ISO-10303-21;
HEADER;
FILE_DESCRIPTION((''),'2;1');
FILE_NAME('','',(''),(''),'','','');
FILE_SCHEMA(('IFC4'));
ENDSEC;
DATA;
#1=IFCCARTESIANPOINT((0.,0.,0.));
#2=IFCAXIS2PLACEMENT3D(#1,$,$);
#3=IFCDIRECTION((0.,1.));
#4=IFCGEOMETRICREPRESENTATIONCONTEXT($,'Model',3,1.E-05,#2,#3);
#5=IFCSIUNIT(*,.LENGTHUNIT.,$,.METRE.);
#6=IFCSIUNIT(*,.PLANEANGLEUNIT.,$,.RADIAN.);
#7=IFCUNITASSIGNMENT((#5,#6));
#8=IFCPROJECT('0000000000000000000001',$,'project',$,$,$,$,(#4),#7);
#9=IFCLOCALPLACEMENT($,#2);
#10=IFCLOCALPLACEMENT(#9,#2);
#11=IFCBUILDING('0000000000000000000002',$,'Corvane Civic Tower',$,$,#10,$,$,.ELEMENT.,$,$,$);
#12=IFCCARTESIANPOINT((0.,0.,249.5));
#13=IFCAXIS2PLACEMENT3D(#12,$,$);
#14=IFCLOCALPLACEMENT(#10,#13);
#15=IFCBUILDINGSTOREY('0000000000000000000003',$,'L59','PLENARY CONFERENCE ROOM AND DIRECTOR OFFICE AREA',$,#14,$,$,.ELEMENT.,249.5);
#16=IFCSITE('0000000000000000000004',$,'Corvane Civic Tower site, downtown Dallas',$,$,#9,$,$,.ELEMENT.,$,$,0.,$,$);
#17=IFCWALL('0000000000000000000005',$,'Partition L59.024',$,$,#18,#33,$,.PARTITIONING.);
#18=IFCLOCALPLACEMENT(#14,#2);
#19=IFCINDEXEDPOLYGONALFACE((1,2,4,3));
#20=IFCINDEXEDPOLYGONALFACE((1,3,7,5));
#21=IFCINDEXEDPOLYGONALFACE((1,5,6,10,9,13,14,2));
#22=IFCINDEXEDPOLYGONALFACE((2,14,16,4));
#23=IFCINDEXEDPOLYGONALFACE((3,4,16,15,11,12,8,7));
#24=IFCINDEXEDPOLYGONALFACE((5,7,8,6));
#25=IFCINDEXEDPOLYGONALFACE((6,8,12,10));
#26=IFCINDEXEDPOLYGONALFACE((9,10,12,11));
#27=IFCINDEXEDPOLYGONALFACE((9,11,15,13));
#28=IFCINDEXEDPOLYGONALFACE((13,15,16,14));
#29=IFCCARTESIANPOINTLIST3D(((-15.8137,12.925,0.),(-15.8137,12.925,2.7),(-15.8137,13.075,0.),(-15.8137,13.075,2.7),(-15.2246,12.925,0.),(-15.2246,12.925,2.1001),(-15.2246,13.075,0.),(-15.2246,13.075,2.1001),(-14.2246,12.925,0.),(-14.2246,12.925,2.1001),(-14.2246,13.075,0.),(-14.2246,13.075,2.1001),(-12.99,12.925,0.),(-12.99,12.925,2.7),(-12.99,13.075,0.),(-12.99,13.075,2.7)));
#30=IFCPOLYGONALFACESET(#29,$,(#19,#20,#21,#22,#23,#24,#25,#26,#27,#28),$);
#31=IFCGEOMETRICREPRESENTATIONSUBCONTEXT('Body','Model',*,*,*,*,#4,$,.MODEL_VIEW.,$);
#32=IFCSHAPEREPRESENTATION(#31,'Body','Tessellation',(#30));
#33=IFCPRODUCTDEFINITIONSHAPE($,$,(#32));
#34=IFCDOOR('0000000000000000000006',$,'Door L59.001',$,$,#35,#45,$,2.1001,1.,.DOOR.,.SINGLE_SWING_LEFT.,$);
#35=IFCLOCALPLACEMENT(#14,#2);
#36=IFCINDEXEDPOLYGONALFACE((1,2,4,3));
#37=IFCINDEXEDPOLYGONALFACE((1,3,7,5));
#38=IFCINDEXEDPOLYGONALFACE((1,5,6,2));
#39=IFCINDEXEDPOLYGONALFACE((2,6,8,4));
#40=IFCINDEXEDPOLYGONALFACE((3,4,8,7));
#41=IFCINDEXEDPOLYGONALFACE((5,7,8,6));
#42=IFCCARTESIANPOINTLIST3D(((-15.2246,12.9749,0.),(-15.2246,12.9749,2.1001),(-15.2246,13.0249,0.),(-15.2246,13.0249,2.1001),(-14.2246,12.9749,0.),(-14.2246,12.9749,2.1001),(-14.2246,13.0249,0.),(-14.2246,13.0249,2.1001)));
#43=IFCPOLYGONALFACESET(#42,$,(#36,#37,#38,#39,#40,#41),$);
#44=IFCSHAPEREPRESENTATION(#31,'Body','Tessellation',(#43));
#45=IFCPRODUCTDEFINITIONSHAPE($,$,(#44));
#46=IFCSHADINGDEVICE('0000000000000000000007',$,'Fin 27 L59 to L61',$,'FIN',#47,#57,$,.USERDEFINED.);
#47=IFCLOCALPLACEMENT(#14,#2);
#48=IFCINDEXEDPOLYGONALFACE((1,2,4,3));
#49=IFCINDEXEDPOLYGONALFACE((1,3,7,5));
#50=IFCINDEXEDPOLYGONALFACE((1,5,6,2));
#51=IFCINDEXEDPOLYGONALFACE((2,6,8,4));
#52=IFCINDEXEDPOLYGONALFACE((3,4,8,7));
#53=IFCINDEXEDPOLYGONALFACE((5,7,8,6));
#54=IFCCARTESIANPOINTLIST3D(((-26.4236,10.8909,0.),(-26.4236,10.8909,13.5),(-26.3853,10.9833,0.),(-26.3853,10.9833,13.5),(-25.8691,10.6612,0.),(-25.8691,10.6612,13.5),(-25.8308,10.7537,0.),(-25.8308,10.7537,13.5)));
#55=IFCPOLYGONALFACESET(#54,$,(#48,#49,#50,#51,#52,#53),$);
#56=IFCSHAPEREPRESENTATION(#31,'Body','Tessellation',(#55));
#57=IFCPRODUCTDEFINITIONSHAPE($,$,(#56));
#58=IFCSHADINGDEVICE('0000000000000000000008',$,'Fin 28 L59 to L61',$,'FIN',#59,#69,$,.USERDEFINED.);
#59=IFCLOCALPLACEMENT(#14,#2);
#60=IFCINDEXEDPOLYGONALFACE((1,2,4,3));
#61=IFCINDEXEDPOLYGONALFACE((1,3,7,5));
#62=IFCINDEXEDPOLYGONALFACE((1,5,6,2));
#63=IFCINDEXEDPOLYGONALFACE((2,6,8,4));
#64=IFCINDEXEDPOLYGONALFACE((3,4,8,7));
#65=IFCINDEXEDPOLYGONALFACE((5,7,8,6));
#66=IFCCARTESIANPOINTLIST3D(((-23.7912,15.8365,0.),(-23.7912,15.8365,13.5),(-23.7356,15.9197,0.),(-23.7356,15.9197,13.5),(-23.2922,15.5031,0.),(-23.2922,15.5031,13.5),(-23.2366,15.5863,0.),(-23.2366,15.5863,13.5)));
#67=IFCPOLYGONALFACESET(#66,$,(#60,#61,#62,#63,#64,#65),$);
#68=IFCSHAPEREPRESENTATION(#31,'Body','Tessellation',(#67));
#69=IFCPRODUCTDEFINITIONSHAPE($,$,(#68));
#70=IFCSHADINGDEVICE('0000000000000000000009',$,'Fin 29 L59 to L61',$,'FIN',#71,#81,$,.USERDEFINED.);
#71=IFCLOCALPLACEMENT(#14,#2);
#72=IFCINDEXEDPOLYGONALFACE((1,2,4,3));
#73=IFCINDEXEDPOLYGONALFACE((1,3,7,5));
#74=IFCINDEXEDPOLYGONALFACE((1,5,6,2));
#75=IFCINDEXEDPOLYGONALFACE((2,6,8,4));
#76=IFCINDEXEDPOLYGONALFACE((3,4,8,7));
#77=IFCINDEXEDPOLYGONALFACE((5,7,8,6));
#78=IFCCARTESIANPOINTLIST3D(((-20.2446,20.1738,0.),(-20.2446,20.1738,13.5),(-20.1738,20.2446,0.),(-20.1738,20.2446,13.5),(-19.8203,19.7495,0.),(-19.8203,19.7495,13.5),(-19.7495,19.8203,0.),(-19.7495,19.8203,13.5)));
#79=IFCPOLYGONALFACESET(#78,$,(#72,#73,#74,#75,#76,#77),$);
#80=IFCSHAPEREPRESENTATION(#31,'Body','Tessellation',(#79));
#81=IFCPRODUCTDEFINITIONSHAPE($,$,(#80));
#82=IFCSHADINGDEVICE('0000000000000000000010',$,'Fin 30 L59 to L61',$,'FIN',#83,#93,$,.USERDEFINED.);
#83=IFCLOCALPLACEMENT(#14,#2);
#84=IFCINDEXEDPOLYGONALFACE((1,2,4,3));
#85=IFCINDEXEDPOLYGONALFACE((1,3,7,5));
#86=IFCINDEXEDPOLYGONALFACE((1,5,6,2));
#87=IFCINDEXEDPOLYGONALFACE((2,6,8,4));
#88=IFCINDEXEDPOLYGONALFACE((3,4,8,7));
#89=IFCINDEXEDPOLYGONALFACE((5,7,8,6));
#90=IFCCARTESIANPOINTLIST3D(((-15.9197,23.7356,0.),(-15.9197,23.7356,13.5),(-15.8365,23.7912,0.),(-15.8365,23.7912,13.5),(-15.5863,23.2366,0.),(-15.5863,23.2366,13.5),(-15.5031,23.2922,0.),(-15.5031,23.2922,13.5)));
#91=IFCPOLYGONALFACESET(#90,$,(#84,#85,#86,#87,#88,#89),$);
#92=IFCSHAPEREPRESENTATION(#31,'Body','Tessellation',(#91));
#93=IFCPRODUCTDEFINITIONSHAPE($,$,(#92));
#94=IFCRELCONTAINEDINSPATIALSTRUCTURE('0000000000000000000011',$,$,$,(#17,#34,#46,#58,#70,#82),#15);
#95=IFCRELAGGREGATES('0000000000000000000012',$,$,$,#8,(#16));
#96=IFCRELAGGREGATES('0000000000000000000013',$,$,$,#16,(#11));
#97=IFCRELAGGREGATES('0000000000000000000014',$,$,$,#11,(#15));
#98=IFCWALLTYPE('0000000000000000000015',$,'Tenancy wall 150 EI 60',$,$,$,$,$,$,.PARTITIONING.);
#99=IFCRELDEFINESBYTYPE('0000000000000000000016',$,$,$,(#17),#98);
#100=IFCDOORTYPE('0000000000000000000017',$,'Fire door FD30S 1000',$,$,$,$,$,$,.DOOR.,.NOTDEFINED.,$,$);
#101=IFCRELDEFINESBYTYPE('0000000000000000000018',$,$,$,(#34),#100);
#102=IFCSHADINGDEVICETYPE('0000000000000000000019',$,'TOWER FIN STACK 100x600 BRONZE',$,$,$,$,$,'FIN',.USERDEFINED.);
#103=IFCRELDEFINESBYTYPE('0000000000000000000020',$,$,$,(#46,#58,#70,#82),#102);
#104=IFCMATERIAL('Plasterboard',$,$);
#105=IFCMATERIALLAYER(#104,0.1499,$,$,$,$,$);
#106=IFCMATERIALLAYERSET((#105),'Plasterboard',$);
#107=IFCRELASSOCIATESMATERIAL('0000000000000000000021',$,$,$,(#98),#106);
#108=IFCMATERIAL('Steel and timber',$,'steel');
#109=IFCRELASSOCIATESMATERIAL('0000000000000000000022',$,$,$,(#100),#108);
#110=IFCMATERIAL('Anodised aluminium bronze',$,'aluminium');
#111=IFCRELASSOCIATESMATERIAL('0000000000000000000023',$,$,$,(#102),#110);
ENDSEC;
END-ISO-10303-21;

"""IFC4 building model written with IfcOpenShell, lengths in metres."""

from ifc_helpers import new_model, si_unit, direction, frame, frame_2d, origin, origin_2d, place, context, subcontext, project, spatial, rectangle, extrude, material, layer, layer_set, material_profile, profile_set, type_object, element, fill, save


model = new_model("IFC4")

# Units and contexts
model_context = context("Model", 3, precision=1e-05, world=origin(), true_north=direction((0.0, 1.0)))
body_context = subcontext(model_context, "Body", "Model", "MODEL_VIEW")
ifc_project = project(units=[si_unit("LENGTHUNIT", "METRE"), si_unit("PLANEANGLEUNIT", "RADIAN")], contexts=[model_context])

# Site, building, storey
site_placement = place(None, origin())
site = spatial("IfcSite", under=ifc_project, at=site_placement, Name="Corvane Civic Tower site, downtown Dallas", CompositionType="ELEMENT", RefElevation=0.0)
building_placement = place(site_placement, origin())
building = spatial("IfcBuilding", under=site, at=building_placement, Name="Corvane Civic Tower", CompositionType="ELEMENT")
storey_placement = place(building_placement, frame((0.0, 0.0, 249.5)))
storey = spatial("IfcBuildingStorey", under=building, at=storey_placement, Name="L59", Description="PLENARY CONFERENCE ROOM AND DIRECTOR OFFICE AREA", CompositionType="ELEMENT", Elevation=249.5)

# Wall, opening, door
ifc_material_1 = material(Name="Plasterboard")
ifc_layer_1 = layer(ifc_material_1, 0.1499)
ifc_layer_set_1 = layer_set([ifc_layer_1], Name="Plasterboard")
wall_type_1 = type_object("IfcWallType", Name="Tenancy wall 150 EI 60", PredefinedType="PARTITIONING", material=ifc_layer_set_1)
wall_1_placement = place(storey_placement, frame((-15.8137, 13.0, 0.0), z_axis=(0.0, 0.0, 1.0), x_axis=(1.0, 0.0, 0.0)))
wall_1 = element("IfcWall", 1, at=wall_1_placement, inside=storey, type_object=wall_type_1, Name="Partition L59.024", PredefinedType="PARTITIONING", context=body_context, shape_type="SweptSolid", body=[
    extrude(rectangle(XDim=2.8237, YDim=0.1499, at=frame_2d((1.4119, 0.0))), origin(), (0.0, 0.0, 1.0), 2.7),
])
opening_placement = place(wall_1_placement, frame((0.5891, 0.0, 0.0)))
opening = element("IfcOpeningElement", 2, at=opening_placement, cuts=wall_1, PredefinedType="OPENING", context=body_context, shape_type="SweptSolid", body=[
    extrude(rectangle(XDim=1.0, YDim=2.1001, at=frame_2d((0.5, 1.05))), frame((0.0, 0.085, 0.0), z_axis=(0.0, -1.0, 0.0), x_axis=(1.0, 0.0, 0.0)), (0.0, 0.0, 1.0), 0.1699),
])
ifc_material_2 = material(Name="Steel and timber", Category="steel")
door_type = type_object("IfcDoorType", Name="Fire door FD30S 1000", OperationType="NOTDEFINED", PredefinedType="DOOR", material=ifc_material_2)
door_placement = place(opening_placement, origin())
door = element("IfcDoor", 3, at=door_placement, inside=storey, type_object=door_type, Name="Door L59.001", OperationType="SINGLE_SWING_LEFT", OverallHeight=2.1001, OverallWidth=1.0, PredefinedType="DOOR", context=body_context, shape_type="SweptSolid", body=[
    extrude(rectangle(XDim=1.0, YDim=2.1001, at=frame_2d((0.5, 1.05))), frame((0.0, 0.0249, 0.0), z_axis=(0.0, -1.0, 0.0), x_axis=(1.0, 0.0, 0.0)), (0.0, 0.0, 1.0), 0.05),
])
fill(opening, door)

# Shading devices
ifc_material_3 = material(Name="Anodised aluminium bronze", Category="aluminium")
ifc_material_profile_1 = material_profile(ifc_material_3, rectangle(XDim=0.1001, YDim=0.6001, at=origin_2d()), Name="TOWER FIN STACK 100x600 BRONZE")
ifc_profile_set_1 = profile_set([ifc_material_profile_1], Name="Anodised aluminium bronze")
shading_device_type = type_object("IfcShadingDeviceType", Name="TOWER FIN STACK 100x600 BRONZE", ElementType="FIN", PredefinedType="USERDEFINED", material=ifc_profile_set_1)
for number, where, z_axis, x_axis, name in (
    (4, (-26.1272, 10.8223, 0.0), (0.0, 0.0, 1.0), (0.382683, 0.92388, 0.0), "Fin 27 L59 to L61"),
    (5, (-23.5139, 15.7114, 0.0), (0.0, 0.0, 1.0), (0.55557, 0.83147, 0.0), "Fin 28 L59 to L61"),
    (6, (-19.9971, 19.9971, 0.0), (0.0, 0.0, 1.0), (0.707107, 0.707107, 0.0), "Fin 29 L59 to L61"),
    (7, (-15.7114, 23.5139, 0.0), (0.0, 0.0, 1.0), (0.83147, 0.55557, 0.0), "Fin 30 L59 to L61"),
):
    element("IfcShadingDevice", number, at=place(storey_placement, frame(where, z_axis=z_axis, x_axis=x_axis)), inside=storey, type_object=shading_device_type, Name=name, ObjectType="FIN", PredefinedType="USERDEFINED", context=body_context, shape_type="SweptSolid", body=[
        extrude(rectangle(XDim=0.1001, YDim=0.6001, at=origin_2d()), origin(), (0.0, 0.0, 1.0), 13.5),
    ])

save(model, "model.ifc")
